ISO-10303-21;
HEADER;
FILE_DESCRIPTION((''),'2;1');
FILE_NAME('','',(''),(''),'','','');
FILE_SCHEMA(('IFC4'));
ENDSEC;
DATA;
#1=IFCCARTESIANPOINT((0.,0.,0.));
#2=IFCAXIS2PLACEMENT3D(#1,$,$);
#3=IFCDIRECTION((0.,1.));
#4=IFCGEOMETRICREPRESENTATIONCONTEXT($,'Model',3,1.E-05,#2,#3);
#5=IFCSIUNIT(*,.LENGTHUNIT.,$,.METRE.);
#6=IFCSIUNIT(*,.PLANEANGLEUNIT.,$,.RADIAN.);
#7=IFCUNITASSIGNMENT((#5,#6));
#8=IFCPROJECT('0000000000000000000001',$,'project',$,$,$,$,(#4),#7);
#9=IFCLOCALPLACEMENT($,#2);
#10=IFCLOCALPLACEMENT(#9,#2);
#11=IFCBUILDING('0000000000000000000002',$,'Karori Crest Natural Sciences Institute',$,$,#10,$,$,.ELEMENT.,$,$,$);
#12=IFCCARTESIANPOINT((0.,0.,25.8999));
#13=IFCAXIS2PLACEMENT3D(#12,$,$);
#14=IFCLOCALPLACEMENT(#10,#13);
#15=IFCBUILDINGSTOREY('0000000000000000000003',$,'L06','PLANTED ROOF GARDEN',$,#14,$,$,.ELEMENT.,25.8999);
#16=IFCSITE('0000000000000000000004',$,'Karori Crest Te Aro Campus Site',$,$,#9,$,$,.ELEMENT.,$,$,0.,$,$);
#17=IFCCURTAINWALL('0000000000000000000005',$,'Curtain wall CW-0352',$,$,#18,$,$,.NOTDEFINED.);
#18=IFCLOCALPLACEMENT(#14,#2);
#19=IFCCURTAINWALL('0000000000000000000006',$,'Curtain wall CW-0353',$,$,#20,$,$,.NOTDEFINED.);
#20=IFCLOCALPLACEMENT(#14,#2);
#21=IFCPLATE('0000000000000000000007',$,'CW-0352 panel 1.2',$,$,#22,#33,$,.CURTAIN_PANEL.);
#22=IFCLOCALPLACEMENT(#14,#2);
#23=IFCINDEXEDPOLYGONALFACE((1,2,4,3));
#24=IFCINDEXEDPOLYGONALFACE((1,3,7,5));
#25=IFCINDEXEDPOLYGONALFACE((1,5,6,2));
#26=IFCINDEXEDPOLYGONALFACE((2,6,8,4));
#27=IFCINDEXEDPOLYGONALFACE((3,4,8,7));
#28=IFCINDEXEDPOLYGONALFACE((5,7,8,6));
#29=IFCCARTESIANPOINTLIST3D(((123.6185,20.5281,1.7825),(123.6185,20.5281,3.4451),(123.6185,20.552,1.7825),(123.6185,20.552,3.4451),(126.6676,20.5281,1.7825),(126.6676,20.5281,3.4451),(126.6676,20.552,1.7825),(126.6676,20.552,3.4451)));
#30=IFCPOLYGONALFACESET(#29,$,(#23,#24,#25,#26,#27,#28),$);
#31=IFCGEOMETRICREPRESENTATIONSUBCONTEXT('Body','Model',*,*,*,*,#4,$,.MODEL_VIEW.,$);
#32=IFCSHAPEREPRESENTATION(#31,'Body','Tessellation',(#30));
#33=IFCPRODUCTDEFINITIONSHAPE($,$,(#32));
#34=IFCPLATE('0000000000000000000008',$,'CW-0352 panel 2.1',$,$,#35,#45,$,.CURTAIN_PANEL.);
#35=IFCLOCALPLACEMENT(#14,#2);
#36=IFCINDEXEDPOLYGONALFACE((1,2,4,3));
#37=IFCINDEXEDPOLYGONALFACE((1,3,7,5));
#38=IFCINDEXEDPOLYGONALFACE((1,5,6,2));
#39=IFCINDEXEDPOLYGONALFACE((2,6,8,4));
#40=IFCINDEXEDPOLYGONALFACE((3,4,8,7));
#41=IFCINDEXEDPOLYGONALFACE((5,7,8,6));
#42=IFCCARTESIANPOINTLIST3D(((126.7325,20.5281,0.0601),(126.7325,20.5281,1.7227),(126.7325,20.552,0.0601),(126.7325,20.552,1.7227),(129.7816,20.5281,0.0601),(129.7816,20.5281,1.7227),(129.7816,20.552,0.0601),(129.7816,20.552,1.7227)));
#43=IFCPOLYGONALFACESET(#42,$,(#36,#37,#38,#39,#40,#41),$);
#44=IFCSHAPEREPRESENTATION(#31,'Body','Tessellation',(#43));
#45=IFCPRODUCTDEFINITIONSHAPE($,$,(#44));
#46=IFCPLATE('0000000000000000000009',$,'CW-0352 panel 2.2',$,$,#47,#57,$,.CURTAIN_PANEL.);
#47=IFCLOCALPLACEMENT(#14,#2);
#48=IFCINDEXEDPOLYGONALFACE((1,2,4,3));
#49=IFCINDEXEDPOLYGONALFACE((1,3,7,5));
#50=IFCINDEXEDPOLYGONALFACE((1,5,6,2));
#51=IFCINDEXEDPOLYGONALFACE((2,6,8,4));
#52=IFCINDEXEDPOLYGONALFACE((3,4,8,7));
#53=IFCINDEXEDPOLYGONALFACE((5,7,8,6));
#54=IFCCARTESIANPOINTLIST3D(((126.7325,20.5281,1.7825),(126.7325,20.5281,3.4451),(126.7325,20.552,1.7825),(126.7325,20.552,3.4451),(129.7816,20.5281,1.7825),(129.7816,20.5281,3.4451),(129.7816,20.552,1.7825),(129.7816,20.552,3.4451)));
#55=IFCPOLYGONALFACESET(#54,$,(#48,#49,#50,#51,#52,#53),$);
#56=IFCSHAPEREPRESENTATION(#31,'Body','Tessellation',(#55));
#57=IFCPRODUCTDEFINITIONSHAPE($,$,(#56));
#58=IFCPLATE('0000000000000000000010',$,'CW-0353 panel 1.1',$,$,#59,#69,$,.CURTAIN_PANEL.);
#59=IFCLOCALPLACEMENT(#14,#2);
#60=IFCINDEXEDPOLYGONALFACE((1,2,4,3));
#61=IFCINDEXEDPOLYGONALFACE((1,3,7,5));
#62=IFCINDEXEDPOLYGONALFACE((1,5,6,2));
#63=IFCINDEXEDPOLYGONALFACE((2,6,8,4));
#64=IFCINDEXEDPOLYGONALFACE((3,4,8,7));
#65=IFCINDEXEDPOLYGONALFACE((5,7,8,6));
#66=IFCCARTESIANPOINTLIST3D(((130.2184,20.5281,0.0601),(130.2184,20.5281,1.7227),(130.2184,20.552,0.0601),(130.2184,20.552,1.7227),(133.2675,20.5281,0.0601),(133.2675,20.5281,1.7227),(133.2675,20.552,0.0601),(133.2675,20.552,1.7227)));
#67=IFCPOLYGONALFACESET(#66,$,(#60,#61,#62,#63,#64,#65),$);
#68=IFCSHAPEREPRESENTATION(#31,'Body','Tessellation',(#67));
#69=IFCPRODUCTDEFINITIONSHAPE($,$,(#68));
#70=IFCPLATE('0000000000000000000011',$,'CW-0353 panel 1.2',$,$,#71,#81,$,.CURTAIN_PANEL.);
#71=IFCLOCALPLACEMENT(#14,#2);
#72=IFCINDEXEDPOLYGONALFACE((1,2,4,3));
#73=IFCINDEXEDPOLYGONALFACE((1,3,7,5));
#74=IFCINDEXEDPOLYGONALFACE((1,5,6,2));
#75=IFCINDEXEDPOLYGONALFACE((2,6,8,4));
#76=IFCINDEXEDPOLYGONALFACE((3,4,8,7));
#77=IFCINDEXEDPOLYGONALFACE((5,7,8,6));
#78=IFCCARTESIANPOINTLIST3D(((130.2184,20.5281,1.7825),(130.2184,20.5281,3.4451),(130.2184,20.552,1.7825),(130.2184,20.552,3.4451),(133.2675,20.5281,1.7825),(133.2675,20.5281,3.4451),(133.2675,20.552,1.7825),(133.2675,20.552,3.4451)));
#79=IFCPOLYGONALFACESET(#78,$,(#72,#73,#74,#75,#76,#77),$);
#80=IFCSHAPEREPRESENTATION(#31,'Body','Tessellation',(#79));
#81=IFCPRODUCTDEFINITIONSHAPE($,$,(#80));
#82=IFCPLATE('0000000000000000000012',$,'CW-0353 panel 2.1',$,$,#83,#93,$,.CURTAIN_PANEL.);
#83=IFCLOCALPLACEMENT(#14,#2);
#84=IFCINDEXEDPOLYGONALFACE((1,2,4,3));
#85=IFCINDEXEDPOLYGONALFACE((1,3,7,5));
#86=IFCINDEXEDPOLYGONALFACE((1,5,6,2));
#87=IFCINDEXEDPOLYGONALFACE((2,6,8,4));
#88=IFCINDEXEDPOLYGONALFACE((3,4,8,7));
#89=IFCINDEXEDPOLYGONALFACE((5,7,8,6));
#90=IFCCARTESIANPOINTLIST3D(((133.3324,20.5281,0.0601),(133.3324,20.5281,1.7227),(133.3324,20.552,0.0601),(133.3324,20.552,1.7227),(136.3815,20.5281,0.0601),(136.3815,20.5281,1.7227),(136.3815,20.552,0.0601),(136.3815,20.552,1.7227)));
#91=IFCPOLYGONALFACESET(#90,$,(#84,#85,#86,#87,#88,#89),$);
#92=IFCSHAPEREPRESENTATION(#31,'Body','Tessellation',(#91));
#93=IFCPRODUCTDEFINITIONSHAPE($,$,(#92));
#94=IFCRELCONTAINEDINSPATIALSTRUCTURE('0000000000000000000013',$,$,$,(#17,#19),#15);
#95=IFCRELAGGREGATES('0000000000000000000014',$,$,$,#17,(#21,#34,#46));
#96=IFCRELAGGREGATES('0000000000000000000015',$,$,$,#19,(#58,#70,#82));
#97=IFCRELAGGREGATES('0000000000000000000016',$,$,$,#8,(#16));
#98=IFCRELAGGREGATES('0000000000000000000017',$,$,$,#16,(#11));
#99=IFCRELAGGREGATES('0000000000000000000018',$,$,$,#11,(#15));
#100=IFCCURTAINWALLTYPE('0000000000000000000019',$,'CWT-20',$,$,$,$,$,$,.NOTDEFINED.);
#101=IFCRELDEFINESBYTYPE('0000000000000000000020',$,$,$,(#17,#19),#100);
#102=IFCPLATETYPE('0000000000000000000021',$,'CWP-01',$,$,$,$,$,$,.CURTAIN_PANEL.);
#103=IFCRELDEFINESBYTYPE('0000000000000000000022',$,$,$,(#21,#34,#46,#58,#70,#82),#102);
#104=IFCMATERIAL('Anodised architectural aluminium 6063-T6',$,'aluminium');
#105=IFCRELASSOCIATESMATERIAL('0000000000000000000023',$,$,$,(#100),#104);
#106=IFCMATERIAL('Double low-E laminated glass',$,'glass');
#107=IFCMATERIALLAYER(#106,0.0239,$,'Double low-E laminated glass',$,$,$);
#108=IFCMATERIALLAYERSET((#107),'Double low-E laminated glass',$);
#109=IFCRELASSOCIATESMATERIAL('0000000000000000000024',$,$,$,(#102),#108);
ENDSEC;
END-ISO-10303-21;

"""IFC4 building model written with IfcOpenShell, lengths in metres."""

from ifc_helpers import new_model, si_unit, direction, frame, origin, origin_2d, place, context, subcontext, project, spatial, rectangle, extrude, material, layer, layer_set, type_object, element, aggregate, save


model = new_model("IFC4")

# Units and contexts
model_context = context("Model", 3, precision=1e-05, world=origin(), true_north=direction((0.0, 1.0)))
body_context = subcontext(model_context, "Body", "Model", "MODEL_VIEW")
ifc_project = project(units=[si_unit("LENGTHUNIT", "METRE"), si_unit("PLANEANGLEUNIT", "RADIAN")], contexts=[model_context])

# Site, building, storey
site_placement = place(None, origin())
site = spatial("IfcSite", under=ifc_project, at=site_placement, Name="Karori Crest Te Aro Campus Site", CompositionType="ELEMENT", RefElevation=0.0)
building_placement = place(site_placement, origin())
building = spatial("IfcBuilding", under=site, at=building_placement, Name="Karori Crest Natural Sciences Institute", CompositionType="ELEMENT")
storey_placement = place(building_placement, frame((0.0, 0.0, 25.8999)))
storey = spatial("IfcBuildingStorey", under=building, at=storey_placement, Name="L06", Description="PLANTED ROOF GARDEN", CompositionType="ELEMENT", Elevation=25.8999)

# Curtain walls
ifc_material_1 = material(Name="Anodised architectural aluminium 6063-T6", Category="aluminium")
curtain_wall_type = type_object("IfcCurtainWallType", Name="CWT-20", PredefinedType="NOTDEFINED", material=ifc_material_1)
curtain_wall_1_placement = place(storey_placement, origin())
curtain_wall_1 = element("IfcCurtainWall", 1, at=curtain_wall_1_placement, inside=storey, type_object=curtain_wall_type, Name="Curtain wall CW-0352", PredefinedType="NOTDEFINED")
curtain_wall_2_placement = place(storey_placement, origin())
curtain_wall_2 = element("IfcCurtainWall", 2, at=curtain_wall_2_placement, inside=storey, type_object=curtain_wall_type, Name="Curtain wall CW-0353", PredefinedType="NOTDEFINED")

# Plates
ifc_material_2 = material(Name="Double low-E laminated glass", Category="glass")
ifc_layer = layer(ifc_material_2, 0.0239, Name="Double low-E laminated glass")
ifc_layer_set = layer_set([ifc_layer], Name="Double low-E laminated glass")
plate_type = type_object("IfcPlateType", Name="CWP-01", PredefinedType="CURTAIN_PANEL", material=ifc_layer_set)
plate_1_placement = place(storey_placement, frame((125.1431, 20.54, 1.7825), z_axis=(0.0, 0.0, 1.0), x_axis=(1.0, 0.0, 0.0)))
plate_1 = element("IfcPlate", 3, at=plate_1_placement, type_object=plate_type, Name="CW-0352 panel 1.2", PredefinedType="CURTAIN_PANEL", context=body_context, shape_type="SweptSolid", body=[
    extrude(rectangle(XDim=3.0491, YDim=0.0239, at=origin_2d()), origin(), (0.0, 0.0, 1.0), 1.6626),
])
plate_2_placement = place(storey_placement, frame((128.2571, 20.54, 0.0601), z_axis=(0.0, 0.0, 1.0), x_axis=(1.0, 0.0, 0.0)))
plate_2 = element("IfcPlate", 4, at=plate_2_placement, type_object=plate_type, Name="CW-0352 panel 2.1", PredefinedType="CURTAIN_PANEL", context=body_context, shape_type="SweptSolid", body=[
    extrude(rectangle(XDim=3.0491, YDim=0.0239, at=origin_2d()), origin(), (0.0, 0.0, 1.0), 1.6626),
])
plate_3_placement = place(storey_placement, frame((128.2571, 20.54, 1.7825), z_axis=(0.0, 0.0, 1.0), x_axis=(1.0, 0.0, 0.0)))
plate_3 = element("IfcPlate", 5, at=plate_3_placement, type_object=plate_type, Name="CW-0352 panel 2.2", PredefinedType="CURTAIN_PANEL", context=body_context, shape_type="SweptSolid", body=[
    extrude(rectangle(XDim=3.0491, YDim=0.0239, at=origin_2d()), origin(), (0.0, 0.0, 1.0), 1.6626),
])
aggregate(curtain_wall_1, [plate_1, plate_2, plate_3])
plate_4_placement = place(storey_placement, frame((131.7429, 20.54, 0.0601), z_axis=(0.0, 0.0, 1.0), x_axis=(1.0, 0.0, 0.0)))
plate_4 = element("IfcPlate", 6, at=plate_4_placement, type_object=plate_type, Name="CW-0353 panel 1.1", PredefinedType="CURTAIN_PANEL", context=body_context, shape_type="SweptSolid", body=[
    extrude(rectangle(XDim=3.0491, YDim=0.0239, at=origin_2d()), origin(), (0.0, 0.0, 1.0), 1.6626),
])
plate_5_placement = place(storey_placement, frame((131.7429, 20.54, 1.7825), z_axis=(0.0, 0.0, 1.0), x_axis=(1.0, 0.0, 0.0)))
plate_5 = element("IfcPlate", 7, at=plate_5_placement, type_object=plate_type, Name="CW-0353 panel 1.2", PredefinedType="CURTAIN_PANEL", context=body_context, shape_type="SweptSolid", body=[
    extrude(rectangle(XDim=3.0491, YDim=0.0239, at=origin_2d()), origin(), (0.0, 0.0, 1.0), 1.6626),
])
plate_6_placement = place(storey_placement, frame((134.8569, 20.54, 0.0601), z_axis=(0.0, 0.0, 1.0), x_axis=(1.0, 0.0, 0.0)))
plate_6 = element("IfcPlate", 8, at=plate_6_placement, type_object=plate_type, Name="CW-0353 panel 2.1", PredefinedType="CURTAIN_PANEL", context=body_context, shape_type="SweptSolid", body=[
    extrude(rectangle(XDim=3.0491, YDim=0.0239, at=origin_2d()), origin(), (0.0, 0.0, 1.0), 1.6626),
])
aggregate(curtain_wall_2, [plate_4, plate_5, plate_6])

save(model, "model.ifc")
